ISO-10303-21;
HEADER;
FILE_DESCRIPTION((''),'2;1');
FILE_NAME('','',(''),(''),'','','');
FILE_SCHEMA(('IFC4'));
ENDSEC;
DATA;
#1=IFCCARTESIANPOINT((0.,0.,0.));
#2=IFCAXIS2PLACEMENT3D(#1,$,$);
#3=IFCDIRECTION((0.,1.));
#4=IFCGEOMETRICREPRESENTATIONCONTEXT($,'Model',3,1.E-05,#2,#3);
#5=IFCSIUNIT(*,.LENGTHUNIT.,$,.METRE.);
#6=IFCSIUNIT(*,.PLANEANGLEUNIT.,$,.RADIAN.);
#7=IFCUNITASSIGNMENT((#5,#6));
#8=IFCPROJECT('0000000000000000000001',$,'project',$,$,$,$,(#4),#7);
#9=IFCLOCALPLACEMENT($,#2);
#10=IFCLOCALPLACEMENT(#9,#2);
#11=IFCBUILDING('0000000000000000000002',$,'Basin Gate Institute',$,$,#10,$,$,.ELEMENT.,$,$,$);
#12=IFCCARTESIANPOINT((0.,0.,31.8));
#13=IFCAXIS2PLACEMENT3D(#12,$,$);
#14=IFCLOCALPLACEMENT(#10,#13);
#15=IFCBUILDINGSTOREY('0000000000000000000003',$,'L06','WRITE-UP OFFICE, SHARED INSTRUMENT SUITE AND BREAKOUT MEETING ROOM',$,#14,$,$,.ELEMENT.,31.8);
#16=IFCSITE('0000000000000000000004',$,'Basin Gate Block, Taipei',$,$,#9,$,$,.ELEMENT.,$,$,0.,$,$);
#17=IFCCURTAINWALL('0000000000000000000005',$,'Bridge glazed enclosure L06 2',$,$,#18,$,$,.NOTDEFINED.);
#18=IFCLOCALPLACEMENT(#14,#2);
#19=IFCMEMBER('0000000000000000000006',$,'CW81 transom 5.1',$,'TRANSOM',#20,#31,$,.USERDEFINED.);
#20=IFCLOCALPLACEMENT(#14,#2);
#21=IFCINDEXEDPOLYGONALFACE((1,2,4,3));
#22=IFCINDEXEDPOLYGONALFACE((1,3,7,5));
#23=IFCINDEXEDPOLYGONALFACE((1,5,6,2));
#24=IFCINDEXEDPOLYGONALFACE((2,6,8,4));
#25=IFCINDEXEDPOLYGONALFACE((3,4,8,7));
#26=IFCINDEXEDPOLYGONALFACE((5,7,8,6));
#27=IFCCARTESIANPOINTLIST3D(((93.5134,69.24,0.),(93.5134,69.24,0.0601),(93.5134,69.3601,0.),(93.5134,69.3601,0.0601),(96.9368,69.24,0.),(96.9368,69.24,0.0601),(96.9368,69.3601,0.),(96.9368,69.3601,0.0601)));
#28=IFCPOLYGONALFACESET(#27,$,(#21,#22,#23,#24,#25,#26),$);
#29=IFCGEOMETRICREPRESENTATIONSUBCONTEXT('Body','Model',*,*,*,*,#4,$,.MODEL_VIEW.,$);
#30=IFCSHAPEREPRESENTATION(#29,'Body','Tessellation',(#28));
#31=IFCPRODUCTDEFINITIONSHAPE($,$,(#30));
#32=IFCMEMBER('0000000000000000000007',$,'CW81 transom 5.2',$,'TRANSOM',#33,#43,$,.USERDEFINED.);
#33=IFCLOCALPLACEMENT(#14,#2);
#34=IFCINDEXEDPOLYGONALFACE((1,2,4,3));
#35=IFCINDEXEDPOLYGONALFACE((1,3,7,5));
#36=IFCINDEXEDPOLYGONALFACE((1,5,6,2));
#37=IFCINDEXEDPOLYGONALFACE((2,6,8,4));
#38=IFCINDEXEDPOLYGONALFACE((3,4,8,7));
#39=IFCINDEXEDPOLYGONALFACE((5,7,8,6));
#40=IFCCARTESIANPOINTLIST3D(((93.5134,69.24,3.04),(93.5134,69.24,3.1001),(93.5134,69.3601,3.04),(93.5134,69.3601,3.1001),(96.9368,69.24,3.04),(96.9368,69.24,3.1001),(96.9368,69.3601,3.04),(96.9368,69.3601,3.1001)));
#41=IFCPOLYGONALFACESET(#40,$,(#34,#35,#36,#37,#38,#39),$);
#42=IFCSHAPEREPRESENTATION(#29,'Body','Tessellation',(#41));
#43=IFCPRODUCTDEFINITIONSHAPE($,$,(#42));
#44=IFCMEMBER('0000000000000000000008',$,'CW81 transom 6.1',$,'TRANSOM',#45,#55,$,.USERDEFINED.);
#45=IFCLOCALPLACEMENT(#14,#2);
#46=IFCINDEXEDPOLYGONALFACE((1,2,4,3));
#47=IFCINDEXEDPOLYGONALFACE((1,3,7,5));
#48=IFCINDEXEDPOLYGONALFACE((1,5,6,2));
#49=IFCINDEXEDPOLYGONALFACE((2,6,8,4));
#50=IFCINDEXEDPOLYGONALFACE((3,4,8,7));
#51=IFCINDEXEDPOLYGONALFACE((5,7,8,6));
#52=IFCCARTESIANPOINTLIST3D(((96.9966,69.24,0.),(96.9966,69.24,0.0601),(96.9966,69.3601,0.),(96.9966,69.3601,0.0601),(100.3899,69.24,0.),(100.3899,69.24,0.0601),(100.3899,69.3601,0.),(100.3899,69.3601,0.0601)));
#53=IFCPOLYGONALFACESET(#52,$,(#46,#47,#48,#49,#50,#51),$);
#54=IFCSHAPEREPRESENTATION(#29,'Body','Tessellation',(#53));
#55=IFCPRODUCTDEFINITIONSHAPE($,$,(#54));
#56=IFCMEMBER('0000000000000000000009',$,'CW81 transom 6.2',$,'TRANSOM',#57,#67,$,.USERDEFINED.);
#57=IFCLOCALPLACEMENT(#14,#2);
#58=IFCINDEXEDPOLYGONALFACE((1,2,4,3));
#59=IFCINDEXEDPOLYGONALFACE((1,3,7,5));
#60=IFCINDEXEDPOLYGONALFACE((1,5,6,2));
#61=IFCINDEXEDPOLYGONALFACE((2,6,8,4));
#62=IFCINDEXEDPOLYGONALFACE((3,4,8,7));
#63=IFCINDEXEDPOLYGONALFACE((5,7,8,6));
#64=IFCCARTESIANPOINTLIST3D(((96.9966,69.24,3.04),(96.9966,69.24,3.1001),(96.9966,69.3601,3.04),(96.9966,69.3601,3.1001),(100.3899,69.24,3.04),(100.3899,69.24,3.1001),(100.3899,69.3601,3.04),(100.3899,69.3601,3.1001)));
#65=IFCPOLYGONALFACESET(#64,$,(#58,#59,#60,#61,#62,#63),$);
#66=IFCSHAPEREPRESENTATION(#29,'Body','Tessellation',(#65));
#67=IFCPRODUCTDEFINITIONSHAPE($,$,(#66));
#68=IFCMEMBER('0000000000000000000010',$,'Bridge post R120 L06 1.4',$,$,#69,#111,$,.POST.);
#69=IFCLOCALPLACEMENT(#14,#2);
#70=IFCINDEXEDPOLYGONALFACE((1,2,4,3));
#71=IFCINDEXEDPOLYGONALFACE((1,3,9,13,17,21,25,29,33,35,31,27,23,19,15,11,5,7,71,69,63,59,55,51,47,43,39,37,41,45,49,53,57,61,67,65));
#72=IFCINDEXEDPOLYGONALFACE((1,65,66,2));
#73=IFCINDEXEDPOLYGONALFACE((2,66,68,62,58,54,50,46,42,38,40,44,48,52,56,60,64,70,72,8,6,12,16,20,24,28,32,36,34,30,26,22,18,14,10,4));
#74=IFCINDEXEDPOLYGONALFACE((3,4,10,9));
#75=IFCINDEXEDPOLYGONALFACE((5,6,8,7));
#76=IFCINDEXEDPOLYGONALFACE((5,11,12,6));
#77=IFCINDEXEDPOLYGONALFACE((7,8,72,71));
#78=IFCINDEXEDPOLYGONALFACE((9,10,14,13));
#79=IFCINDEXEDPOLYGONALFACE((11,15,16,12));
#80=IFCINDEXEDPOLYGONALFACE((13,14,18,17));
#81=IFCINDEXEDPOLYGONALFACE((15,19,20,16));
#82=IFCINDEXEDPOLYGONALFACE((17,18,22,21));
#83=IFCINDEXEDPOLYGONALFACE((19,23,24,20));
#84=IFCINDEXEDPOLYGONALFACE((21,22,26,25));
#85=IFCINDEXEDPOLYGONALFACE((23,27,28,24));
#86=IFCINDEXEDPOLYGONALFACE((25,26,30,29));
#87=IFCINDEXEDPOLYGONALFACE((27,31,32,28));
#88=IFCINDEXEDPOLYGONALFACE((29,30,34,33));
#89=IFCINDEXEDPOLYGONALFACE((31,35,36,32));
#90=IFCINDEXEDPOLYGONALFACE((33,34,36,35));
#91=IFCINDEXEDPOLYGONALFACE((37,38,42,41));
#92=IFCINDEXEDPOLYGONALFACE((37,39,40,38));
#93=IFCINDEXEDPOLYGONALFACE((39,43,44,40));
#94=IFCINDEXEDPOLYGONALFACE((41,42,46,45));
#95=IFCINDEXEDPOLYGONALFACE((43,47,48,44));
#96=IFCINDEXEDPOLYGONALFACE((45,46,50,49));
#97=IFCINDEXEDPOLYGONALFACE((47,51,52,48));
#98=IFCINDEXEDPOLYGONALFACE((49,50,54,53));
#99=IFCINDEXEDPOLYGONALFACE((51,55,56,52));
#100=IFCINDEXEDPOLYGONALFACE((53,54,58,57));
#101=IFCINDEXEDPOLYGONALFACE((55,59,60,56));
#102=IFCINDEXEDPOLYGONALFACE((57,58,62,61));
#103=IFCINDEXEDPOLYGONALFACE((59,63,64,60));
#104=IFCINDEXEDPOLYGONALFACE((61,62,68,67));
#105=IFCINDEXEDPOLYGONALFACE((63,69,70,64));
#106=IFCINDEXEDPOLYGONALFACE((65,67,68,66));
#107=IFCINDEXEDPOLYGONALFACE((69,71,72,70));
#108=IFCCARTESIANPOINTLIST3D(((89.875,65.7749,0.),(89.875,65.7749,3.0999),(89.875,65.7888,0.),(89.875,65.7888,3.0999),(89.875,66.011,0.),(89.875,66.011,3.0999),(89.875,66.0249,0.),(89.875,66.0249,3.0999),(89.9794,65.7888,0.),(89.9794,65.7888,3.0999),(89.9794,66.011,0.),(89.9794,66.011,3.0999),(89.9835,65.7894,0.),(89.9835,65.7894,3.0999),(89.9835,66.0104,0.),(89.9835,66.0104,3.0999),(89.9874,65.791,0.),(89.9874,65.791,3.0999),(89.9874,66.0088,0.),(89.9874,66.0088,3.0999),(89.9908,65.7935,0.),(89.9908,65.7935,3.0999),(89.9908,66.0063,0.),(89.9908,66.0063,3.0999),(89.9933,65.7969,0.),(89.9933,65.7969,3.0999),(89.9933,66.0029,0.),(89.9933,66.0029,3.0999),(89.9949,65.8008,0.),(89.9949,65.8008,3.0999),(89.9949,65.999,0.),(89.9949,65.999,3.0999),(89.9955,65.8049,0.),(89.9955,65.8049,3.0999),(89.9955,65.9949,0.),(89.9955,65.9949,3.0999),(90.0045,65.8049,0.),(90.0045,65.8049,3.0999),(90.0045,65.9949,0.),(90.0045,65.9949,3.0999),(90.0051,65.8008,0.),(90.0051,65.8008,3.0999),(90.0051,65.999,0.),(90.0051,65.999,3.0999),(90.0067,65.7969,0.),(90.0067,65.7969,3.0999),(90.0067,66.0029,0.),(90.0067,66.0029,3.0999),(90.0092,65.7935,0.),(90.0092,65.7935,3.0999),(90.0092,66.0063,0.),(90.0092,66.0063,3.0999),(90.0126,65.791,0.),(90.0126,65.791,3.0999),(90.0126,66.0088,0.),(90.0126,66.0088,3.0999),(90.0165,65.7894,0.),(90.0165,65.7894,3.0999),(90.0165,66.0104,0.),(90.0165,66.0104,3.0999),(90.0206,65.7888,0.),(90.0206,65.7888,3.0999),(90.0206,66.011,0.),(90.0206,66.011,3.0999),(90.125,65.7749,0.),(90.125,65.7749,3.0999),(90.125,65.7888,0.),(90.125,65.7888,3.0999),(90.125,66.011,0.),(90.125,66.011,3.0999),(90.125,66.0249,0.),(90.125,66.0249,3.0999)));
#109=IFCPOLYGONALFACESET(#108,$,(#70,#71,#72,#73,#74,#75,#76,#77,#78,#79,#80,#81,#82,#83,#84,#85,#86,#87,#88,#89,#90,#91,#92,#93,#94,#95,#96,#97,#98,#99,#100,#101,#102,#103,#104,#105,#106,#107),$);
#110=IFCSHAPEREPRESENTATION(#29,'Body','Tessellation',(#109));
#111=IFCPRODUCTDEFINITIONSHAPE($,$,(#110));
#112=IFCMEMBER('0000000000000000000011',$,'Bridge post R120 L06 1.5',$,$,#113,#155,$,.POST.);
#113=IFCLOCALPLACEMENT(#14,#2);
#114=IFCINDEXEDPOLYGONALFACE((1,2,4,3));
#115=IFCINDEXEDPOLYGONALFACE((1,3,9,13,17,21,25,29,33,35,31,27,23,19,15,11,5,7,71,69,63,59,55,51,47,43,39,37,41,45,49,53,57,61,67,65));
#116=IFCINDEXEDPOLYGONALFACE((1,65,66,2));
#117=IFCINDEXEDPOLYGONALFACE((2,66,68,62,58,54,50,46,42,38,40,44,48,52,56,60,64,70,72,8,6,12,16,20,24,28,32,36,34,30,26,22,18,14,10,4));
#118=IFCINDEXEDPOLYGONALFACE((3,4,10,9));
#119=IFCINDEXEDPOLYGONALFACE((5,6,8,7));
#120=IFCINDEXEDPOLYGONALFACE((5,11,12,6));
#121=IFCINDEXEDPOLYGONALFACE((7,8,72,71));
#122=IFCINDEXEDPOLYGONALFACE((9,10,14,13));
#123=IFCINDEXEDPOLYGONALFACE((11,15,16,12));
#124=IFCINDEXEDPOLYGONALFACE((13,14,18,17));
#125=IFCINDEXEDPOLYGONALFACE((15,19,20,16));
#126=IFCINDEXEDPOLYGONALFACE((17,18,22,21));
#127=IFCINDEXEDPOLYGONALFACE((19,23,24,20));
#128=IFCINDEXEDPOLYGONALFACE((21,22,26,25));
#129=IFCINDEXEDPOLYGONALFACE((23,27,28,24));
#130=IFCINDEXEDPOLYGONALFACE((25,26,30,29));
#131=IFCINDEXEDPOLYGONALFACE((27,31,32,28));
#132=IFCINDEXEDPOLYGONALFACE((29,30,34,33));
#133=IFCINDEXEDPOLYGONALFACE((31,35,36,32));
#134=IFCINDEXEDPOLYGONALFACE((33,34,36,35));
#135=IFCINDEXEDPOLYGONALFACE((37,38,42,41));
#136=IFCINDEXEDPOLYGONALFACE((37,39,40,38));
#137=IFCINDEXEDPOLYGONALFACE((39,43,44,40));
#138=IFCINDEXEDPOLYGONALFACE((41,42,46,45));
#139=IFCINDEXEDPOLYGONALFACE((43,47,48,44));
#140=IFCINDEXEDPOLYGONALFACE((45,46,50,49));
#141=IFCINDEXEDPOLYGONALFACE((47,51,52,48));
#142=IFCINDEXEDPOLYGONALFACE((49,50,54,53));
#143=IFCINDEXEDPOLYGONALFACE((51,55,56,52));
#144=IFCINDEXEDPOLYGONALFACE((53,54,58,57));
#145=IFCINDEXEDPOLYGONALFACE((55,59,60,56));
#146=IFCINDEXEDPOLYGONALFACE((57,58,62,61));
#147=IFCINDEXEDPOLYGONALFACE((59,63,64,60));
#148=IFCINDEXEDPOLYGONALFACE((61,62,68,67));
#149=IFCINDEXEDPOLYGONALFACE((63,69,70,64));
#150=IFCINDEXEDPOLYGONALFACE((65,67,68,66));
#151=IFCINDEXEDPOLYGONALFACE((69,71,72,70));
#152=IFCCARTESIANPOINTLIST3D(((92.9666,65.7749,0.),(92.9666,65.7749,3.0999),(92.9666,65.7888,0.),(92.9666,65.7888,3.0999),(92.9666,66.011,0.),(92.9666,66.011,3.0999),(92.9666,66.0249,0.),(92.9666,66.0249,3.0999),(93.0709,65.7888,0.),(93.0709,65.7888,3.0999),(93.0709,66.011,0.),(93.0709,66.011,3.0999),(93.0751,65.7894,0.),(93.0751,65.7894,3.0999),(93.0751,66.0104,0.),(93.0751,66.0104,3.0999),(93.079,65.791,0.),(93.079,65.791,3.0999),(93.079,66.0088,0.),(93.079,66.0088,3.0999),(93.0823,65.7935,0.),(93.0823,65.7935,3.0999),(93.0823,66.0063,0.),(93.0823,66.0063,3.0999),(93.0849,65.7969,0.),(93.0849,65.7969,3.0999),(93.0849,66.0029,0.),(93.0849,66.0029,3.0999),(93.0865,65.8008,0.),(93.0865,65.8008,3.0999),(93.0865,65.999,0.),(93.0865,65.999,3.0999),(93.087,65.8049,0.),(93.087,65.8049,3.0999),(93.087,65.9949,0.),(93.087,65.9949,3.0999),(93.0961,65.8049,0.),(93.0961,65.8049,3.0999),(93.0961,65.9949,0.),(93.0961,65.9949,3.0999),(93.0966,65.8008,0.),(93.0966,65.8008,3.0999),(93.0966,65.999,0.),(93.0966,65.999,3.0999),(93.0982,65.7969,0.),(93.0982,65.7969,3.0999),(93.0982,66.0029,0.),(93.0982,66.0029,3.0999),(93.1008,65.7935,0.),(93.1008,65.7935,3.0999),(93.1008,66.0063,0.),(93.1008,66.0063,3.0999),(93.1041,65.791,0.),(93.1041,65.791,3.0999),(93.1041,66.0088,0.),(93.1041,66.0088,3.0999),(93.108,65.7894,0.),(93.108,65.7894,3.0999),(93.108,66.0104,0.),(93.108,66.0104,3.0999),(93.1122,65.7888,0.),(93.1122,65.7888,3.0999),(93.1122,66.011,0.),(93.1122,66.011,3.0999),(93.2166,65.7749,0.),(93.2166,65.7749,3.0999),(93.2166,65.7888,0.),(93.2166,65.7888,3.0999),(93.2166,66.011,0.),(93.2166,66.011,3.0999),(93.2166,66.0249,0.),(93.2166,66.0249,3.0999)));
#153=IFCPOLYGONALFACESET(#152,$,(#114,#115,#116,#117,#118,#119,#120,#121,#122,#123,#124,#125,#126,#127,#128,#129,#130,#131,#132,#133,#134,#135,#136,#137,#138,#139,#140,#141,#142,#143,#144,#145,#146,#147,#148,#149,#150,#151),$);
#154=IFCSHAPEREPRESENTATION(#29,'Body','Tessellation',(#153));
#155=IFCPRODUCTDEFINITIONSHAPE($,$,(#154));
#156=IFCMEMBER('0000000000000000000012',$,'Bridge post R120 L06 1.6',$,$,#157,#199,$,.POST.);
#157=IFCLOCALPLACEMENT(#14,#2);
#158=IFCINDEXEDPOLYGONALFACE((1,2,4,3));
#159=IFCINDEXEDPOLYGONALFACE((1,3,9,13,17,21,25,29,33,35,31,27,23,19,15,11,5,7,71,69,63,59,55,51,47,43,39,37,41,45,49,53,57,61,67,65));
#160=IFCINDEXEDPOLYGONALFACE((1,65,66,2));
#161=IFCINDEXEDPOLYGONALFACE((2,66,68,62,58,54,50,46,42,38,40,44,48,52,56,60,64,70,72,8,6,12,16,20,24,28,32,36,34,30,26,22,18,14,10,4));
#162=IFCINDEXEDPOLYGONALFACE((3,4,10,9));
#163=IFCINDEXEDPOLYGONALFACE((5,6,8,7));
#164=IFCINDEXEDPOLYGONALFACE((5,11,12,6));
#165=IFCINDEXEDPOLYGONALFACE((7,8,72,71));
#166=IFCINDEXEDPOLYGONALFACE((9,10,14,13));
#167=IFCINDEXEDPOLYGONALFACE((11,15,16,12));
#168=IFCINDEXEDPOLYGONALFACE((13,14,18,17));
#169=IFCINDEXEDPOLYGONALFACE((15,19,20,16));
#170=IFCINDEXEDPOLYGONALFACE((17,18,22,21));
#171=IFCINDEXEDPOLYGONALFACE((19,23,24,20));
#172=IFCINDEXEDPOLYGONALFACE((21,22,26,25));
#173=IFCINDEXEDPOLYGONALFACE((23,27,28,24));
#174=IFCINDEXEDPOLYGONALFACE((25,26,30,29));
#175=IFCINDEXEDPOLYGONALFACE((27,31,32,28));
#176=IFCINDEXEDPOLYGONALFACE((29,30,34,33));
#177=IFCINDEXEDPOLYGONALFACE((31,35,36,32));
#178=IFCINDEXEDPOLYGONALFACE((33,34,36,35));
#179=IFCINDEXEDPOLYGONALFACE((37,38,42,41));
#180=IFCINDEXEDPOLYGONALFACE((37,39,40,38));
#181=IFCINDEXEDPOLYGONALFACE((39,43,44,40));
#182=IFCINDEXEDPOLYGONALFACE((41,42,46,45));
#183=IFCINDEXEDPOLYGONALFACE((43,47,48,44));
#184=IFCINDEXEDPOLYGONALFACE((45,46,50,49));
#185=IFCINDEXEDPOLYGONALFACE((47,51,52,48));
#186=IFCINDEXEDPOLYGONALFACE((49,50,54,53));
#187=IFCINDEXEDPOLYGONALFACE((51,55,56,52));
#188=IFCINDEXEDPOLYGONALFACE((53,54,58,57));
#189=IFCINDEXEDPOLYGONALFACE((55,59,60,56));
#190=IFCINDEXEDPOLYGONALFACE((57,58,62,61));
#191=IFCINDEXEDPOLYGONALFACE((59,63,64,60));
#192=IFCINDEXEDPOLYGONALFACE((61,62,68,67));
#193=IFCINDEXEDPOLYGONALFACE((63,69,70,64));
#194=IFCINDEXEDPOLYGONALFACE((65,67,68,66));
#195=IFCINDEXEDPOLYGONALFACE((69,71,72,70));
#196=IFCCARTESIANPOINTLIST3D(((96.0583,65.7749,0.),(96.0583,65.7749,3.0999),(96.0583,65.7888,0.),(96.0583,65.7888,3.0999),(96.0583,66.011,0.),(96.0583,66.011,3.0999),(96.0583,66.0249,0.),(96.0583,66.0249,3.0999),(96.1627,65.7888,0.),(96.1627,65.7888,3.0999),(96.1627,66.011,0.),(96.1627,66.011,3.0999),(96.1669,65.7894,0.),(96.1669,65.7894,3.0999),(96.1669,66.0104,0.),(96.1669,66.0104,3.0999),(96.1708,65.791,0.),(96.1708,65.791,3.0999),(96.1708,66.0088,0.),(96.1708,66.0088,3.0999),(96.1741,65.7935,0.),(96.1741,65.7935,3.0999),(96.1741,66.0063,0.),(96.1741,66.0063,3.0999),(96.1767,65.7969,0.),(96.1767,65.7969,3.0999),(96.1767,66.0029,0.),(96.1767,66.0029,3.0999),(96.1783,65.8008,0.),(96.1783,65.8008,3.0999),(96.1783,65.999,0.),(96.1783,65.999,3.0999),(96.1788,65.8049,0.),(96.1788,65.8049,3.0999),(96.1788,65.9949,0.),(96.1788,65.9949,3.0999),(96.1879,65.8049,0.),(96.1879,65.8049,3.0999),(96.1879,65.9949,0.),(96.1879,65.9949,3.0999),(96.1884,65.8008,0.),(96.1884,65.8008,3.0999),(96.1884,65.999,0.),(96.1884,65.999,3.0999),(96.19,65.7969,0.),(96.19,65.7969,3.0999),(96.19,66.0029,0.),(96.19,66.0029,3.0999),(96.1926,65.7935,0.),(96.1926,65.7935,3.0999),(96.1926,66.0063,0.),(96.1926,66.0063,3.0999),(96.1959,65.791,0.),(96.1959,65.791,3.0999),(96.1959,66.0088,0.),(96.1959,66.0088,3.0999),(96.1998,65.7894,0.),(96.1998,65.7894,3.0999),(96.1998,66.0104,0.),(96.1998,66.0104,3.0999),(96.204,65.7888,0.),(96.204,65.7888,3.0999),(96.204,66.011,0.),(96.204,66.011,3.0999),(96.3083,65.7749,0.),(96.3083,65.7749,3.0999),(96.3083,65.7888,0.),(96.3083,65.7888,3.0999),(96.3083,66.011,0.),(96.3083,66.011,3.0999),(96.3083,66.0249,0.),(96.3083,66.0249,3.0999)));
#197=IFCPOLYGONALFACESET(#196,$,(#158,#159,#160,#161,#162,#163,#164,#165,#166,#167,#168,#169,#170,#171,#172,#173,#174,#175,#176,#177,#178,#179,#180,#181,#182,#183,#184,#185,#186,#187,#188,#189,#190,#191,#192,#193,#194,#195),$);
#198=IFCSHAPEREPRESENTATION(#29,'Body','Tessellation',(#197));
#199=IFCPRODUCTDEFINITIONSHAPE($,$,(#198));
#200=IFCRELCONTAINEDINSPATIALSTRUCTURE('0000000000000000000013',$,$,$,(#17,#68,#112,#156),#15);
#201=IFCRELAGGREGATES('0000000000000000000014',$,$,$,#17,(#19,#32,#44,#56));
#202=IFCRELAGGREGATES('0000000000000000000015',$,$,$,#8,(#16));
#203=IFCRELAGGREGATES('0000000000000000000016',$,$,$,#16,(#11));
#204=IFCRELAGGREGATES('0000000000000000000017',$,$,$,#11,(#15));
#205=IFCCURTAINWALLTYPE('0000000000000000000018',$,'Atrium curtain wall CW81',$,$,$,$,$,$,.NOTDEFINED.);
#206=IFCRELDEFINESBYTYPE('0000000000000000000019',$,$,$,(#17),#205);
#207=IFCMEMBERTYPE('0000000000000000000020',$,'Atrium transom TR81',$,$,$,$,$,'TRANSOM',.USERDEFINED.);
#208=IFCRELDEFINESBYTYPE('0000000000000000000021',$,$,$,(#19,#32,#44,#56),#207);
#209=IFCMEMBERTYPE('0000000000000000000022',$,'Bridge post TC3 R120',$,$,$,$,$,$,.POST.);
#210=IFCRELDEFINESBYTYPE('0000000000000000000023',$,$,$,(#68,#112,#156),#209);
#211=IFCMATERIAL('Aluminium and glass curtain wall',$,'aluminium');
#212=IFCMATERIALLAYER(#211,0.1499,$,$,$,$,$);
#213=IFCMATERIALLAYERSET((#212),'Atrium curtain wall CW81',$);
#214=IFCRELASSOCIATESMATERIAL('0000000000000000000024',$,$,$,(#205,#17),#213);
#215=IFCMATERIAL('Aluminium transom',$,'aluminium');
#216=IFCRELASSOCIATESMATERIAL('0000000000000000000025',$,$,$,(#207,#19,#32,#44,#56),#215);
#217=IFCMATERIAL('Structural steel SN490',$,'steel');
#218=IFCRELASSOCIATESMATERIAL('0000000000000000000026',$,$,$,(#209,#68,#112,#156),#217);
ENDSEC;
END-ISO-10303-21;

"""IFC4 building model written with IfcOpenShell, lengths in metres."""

from ifc_helpers import new_model, si_unit, direction, frame, origin, origin_2d, place, context, subcontext, project, spatial, rectangle, i_section, extrude, material, layer, layer_set, material_profile, profile_set, type_object, element, aggregate, save


model = new_model("IFC4")

# Units and contexts
model_context = context("Model", 3, precision=1e-05, world=origin(), true_north=direction((0.0, 1.0)))
body_context = subcontext(model_context, "Body", "Model", "MODEL_VIEW")
ifc_project = project(units=[si_unit("LENGTHUNIT", "METRE"), si_unit("PLANEANGLEUNIT", "RADIAN")], contexts=[model_context])

# Site, building, storey
site_placement = place(None, origin())
site = spatial("IfcSite", under=ifc_project, at=site_placement, Name="Basin Gate Block, Taipei", CompositionType="ELEMENT", RefElevation=0.0)
building_placement = place(site_placement, origin())
building = spatial("IfcBuilding", under=site, at=building_placement, Name="Basin Gate Institute", CompositionType="ELEMENT")
storey_placement = place(building_placement, frame((0.0, 0.0, 31.8)))
storey = spatial("IfcBuildingStorey", under=building, at=storey_placement, Name="L06", Description="WRITE-UP OFFICE, SHARED INSTRUMENT SUITE AND BREAKOUT MEETING ROOM", CompositionType="ELEMENT", Elevation=31.8)

# Curtain wall
ifc_material_1 = material(Name="Aluminium and glass curtain wall", Category="aluminium")
ifc_layer_1 = layer(ifc_material_1, 0.1499)
ifc_layer_set_1 = layer_set([ifc_layer_1], Name="Atrium curtain wall CW81")
curtain_wall_type = type_object("IfcCurtainWallType", Name="Atrium curtain wall CW81", PredefinedType="NOTDEFINED", material=ifc_layer_set_1)
curtain_wall_1_placement = place(storey_placement, origin())
curtain_wall_1 = element("IfcCurtainWall", 1, at=curtain_wall_1_placement, inside=storey, type_object=curtain_wall_type, material=ifc_layer_set_1, Name="Bridge glazed enclosure L06 2", PredefinedType="NOTDEFINED")

# Members
ifc_material_2 = material(Name="Aluminium transom", Category="aluminium")
ifc_material_profile_1 = material_profile(ifc_material_2, rectangle(XDim=0.1201, YDim=0.0601, at=origin_2d()), Name="Atrium transom TR81 120 x 60")
ifc_profile_set_1 = profile_set([ifc_material_profile_1], Name="Aluminium transom")
member_type_1 = type_object("IfcMemberType", Name="Atrium transom TR81", ElementType="TRANSOM", PredefinedType="USERDEFINED", material=ifc_profile_set_1)
member_1_placement = place(storey_placement, frame((93.5134, 69.3, 0.03), z_axis=(1.0, 0.0, 0.0), x_axis=(0.0, 1.0, 0.0)))
member_1 = element("IfcMember", 2, at=member_1_placement, type_object=member_type_1, material=ifc_profile_set_1, Name="CW81 transom 5.1", ObjectType="TRANSOM", PredefinedType="USERDEFINED", context=body_context, shape_type="SweptSolid", body=[
    extrude(rectangle(XDim=0.1201, YDim=0.0601, at=origin_2d()), origin(), (0.0, 0.0, 1.0), 3.4233),
])
member_2_placement = place(storey_placement, frame((93.5134, 69.3, 3.0701), z_axis=(1.0, 0.0, 0.0), x_axis=(0.0, 1.0, 0.0)))
member_2 = element("IfcMember", 3, at=member_2_placement, type_object=member_type_1, material=ifc_profile_set_1, Name="CW81 transom 5.2", ObjectType="TRANSOM", PredefinedType="USERDEFINED", context=body_context, shape_type="SweptSolid", body=[
    extrude(rectangle(XDim=0.1201, YDim=0.0601, at=origin_2d()), origin(), (0.0, 0.0, 1.0), 3.4233),
])
member_3_placement = place(storey_placement, frame((96.9966, 69.3, 0.03), z_axis=(1.0, 0.0, 0.0), x_axis=(0.0, 1.0, 0.0)))
member_3 = element("IfcMember", 4, at=member_3_placement, type_object=member_type_1, material=ifc_profile_set_1, Name="CW81 transom 6.1", ObjectType="TRANSOM", PredefinedType="USERDEFINED", context=body_context, shape_type="SweptSolid", body=[
    extrude(rectangle(XDim=0.1201, YDim=0.0601, at=origin_2d()), origin(), (0.0, 0.0, 1.0), 3.3933),
])
member_4_placement = place(storey_placement, frame((96.9966, 69.3, 3.0701), z_axis=(1.0, 0.0, 0.0), x_axis=(0.0, 1.0, 0.0)))
member_4 = element("IfcMember", 5, at=member_4_placement, type_object=member_type_1, material=ifc_profile_set_1, Name="CW81 transom 6.2", ObjectType="TRANSOM", PredefinedType="USERDEFINED", context=body_context, shape_type="SweptSolid", body=[
    extrude(rectangle(XDim=0.1201, YDim=0.0601, at=origin_2d()), origin(), (0.0, 0.0, 1.0), 3.3933),
])

# Members
ifc_material_3 = material(Name="Structural steel SN490", Category="steel")
ifc_material_profile_2 = material_profile(ifc_material_3, i_section(OverallWidth=0.25, OverallDepth=0.25, WebThickness=0.009, FlangeThickness=0.0139, FilletRadius=0.0161, at=origin_2d()), Name="H250x250")
ifc_profile_set_2 = profile_set([ifc_material_profile_2], Name="Structural steel SN490")
member_type_2 = type_object("IfcMemberType", Name="Bridge post TC3 R120", PredefinedType="POST", material=ifc_profile_set_2)
for number, where, z_axis, x_axis, name in (
    (6, (90.0, 65.8999, 0.0), (0.0, 0.0, 1.0), (1.0, 0.0, 0.0), "Bridge post R120 L06 1.4"),
    (7, (93.0916, 65.8999, 0.0), (0.0, 0.0, 1.0), (1.0, 0.0, 0.0), "Bridge post R120 L06 1.5"),
    (8, (96.1833, 65.8999, 0.0), (0.0, 0.0, 1.0), (1.0, 0.0, 0.0), "Bridge post R120 L06 1.6"),
):
    element("IfcMember", number, at=place(storey_placement, frame(where, z_axis=z_axis, x_axis=x_axis)), inside=storey, type_object=member_type_2, material=ifc_profile_set_2, Name=name, PredefinedType="POST", context=body_context, shape_type="SweptSolid", body=[
        extrude(i_section(OverallWidth=0.25, OverallDepth=0.25, WebThickness=0.009, FlangeThickness=0.0139, FilletRadius=0.0161, at=origin_2d()), origin(), (0.0, 0.0, 1.0), 3.0999),
    ])

aggregate(curtain_wall_1, [member_1, member_2, member_3, member_4])

save(model, "model.ifc")
